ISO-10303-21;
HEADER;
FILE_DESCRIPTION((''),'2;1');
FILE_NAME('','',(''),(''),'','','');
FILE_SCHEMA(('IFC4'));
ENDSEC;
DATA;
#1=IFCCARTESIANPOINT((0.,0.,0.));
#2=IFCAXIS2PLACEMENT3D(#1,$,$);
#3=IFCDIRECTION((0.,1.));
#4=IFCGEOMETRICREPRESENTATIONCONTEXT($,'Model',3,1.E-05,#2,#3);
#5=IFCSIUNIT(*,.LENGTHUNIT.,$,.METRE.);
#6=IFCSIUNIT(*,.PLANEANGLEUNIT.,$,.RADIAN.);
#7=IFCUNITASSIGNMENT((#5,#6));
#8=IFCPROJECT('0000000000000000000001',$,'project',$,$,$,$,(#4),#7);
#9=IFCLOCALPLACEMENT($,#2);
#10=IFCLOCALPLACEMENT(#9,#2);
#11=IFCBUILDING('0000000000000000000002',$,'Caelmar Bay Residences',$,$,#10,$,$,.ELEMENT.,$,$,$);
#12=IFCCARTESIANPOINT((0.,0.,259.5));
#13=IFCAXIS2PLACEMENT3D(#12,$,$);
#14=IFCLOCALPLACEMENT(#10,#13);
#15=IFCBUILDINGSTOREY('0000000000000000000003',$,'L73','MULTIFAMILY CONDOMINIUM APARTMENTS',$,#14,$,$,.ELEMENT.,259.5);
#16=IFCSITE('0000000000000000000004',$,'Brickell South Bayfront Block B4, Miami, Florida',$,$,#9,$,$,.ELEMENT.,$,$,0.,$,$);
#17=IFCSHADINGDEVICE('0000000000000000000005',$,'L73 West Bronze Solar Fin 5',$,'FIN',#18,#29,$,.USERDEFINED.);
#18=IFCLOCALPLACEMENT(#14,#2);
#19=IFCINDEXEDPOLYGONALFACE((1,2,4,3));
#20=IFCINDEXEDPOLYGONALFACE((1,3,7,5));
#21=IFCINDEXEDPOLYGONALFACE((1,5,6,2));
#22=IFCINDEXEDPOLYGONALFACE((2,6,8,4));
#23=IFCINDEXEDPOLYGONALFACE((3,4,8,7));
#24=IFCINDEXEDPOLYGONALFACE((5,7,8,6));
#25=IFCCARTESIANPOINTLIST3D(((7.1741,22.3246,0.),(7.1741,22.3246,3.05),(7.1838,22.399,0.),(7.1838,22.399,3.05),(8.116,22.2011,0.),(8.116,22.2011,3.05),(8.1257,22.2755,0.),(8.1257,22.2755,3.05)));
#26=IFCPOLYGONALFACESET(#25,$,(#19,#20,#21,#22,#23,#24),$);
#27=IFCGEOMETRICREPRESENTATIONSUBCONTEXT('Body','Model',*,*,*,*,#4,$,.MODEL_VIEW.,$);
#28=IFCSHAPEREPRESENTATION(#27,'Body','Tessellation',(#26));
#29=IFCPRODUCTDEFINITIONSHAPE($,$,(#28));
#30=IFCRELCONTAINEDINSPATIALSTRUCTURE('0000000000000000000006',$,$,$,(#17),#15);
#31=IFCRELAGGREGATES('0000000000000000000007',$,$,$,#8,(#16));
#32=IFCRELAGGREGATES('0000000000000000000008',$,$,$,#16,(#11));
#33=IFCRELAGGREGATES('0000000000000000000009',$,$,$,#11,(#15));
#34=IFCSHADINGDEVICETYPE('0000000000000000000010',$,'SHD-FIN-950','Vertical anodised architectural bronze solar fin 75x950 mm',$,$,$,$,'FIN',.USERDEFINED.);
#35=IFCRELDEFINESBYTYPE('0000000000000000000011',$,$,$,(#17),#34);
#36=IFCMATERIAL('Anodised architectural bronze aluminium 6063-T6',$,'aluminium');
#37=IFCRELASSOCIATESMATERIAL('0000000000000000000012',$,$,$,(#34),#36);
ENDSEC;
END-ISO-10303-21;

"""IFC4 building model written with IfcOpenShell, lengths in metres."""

from ifc_helpers import new_model, si_unit, direction, frame, origin, origin_2d, place, context, subcontext, project, spatial, rectangle, extrude, material, material_profile, profile_set, type_object, element, save


model = new_model("IFC4")

# Units and contexts
model_context = context("Model", 3, precision=1e-05, world=origin(), true_north=direction((0.0, 1.0)))
body_context = subcontext(model_context, "Body", "Model", "MODEL_VIEW")
ifc_project = project(units=[si_unit("LENGTHUNIT", "METRE"), si_unit("PLANEANGLEUNIT", "RADIAN")], contexts=[model_context])

# Site, building, storey
site_placement = place(None, origin())
site = spatial("IfcSite", under=ifc_project, at=site_placement, Name="Brickell South Bayfront Block B4, Miami, Florida", CompositionType="ELEMENT", RefElevation=0.0)
building_placement = place(site_placement, origin())
building = spatial("IfcBuilding", under=site, at=building_placement, Name="Caelmar Bay Residences", CompositionType="ELEMENT")
storey_placement = place(building_placement, frame((0.0, 0.0, 259.5)))
storey = spatial("IfcBuildingStorey", under=building, at=storey_placement, Name="L73", Description="MULTIFAMILY CONDOMINIUM APARTMENTS", CompositionType="ELEMENT", Elevation=259.5)

# Shading device
ifc_material_1 = material(Name="Anodised architectural bronze aluminium 6063-T6", Category="aluminium")
ifc_material_profile_1 = material_profile(ifc_material_1, rectangle(XDim=0.075, YDim=0.95, at=origin_2d()), Name="BRONZE-FIN-75X950")
ifc_profile_set_1 = profile_set([ifc_material_profile_1], Name="Anodised architectural bronze aluminium 6063-T6")
shading_device_type = type_object("IfcShadingDeviceType", Name="SHD-FIN-950", Description="Vertical anodised architectural bronze solar fin 75x950 mm", ElementType="FIN", PredefinedType="USERDEFINED", material=ifc_profile_set_1)
for number, where, z_axis, x_axis, name in (
    (1, (7.6499, 22.3, 0.0), (0.0, 0.0, 1.0), (0.130007, 0.991513, 0.0), "L73 West Bronze Solar Fin 5"),
):
    element("IfcShadingDevice", number, at=place(storey_placement, frame(where, z_axis=z_axis, x_axis=x_axis)), inside=storey, type_object=shading_device_type, Name=name, ObjectType="FIN", PredefinedType="USERDEFINED", context=body_context, shape_type="SweptSolid", body=[
        extrude(rectangle(XDim=0.075, YDim=0.95, at=origin_2d()), origin(), (0.0, 0.0, 1.0), 3.05),
    ])

save(model, "model.ifc")
